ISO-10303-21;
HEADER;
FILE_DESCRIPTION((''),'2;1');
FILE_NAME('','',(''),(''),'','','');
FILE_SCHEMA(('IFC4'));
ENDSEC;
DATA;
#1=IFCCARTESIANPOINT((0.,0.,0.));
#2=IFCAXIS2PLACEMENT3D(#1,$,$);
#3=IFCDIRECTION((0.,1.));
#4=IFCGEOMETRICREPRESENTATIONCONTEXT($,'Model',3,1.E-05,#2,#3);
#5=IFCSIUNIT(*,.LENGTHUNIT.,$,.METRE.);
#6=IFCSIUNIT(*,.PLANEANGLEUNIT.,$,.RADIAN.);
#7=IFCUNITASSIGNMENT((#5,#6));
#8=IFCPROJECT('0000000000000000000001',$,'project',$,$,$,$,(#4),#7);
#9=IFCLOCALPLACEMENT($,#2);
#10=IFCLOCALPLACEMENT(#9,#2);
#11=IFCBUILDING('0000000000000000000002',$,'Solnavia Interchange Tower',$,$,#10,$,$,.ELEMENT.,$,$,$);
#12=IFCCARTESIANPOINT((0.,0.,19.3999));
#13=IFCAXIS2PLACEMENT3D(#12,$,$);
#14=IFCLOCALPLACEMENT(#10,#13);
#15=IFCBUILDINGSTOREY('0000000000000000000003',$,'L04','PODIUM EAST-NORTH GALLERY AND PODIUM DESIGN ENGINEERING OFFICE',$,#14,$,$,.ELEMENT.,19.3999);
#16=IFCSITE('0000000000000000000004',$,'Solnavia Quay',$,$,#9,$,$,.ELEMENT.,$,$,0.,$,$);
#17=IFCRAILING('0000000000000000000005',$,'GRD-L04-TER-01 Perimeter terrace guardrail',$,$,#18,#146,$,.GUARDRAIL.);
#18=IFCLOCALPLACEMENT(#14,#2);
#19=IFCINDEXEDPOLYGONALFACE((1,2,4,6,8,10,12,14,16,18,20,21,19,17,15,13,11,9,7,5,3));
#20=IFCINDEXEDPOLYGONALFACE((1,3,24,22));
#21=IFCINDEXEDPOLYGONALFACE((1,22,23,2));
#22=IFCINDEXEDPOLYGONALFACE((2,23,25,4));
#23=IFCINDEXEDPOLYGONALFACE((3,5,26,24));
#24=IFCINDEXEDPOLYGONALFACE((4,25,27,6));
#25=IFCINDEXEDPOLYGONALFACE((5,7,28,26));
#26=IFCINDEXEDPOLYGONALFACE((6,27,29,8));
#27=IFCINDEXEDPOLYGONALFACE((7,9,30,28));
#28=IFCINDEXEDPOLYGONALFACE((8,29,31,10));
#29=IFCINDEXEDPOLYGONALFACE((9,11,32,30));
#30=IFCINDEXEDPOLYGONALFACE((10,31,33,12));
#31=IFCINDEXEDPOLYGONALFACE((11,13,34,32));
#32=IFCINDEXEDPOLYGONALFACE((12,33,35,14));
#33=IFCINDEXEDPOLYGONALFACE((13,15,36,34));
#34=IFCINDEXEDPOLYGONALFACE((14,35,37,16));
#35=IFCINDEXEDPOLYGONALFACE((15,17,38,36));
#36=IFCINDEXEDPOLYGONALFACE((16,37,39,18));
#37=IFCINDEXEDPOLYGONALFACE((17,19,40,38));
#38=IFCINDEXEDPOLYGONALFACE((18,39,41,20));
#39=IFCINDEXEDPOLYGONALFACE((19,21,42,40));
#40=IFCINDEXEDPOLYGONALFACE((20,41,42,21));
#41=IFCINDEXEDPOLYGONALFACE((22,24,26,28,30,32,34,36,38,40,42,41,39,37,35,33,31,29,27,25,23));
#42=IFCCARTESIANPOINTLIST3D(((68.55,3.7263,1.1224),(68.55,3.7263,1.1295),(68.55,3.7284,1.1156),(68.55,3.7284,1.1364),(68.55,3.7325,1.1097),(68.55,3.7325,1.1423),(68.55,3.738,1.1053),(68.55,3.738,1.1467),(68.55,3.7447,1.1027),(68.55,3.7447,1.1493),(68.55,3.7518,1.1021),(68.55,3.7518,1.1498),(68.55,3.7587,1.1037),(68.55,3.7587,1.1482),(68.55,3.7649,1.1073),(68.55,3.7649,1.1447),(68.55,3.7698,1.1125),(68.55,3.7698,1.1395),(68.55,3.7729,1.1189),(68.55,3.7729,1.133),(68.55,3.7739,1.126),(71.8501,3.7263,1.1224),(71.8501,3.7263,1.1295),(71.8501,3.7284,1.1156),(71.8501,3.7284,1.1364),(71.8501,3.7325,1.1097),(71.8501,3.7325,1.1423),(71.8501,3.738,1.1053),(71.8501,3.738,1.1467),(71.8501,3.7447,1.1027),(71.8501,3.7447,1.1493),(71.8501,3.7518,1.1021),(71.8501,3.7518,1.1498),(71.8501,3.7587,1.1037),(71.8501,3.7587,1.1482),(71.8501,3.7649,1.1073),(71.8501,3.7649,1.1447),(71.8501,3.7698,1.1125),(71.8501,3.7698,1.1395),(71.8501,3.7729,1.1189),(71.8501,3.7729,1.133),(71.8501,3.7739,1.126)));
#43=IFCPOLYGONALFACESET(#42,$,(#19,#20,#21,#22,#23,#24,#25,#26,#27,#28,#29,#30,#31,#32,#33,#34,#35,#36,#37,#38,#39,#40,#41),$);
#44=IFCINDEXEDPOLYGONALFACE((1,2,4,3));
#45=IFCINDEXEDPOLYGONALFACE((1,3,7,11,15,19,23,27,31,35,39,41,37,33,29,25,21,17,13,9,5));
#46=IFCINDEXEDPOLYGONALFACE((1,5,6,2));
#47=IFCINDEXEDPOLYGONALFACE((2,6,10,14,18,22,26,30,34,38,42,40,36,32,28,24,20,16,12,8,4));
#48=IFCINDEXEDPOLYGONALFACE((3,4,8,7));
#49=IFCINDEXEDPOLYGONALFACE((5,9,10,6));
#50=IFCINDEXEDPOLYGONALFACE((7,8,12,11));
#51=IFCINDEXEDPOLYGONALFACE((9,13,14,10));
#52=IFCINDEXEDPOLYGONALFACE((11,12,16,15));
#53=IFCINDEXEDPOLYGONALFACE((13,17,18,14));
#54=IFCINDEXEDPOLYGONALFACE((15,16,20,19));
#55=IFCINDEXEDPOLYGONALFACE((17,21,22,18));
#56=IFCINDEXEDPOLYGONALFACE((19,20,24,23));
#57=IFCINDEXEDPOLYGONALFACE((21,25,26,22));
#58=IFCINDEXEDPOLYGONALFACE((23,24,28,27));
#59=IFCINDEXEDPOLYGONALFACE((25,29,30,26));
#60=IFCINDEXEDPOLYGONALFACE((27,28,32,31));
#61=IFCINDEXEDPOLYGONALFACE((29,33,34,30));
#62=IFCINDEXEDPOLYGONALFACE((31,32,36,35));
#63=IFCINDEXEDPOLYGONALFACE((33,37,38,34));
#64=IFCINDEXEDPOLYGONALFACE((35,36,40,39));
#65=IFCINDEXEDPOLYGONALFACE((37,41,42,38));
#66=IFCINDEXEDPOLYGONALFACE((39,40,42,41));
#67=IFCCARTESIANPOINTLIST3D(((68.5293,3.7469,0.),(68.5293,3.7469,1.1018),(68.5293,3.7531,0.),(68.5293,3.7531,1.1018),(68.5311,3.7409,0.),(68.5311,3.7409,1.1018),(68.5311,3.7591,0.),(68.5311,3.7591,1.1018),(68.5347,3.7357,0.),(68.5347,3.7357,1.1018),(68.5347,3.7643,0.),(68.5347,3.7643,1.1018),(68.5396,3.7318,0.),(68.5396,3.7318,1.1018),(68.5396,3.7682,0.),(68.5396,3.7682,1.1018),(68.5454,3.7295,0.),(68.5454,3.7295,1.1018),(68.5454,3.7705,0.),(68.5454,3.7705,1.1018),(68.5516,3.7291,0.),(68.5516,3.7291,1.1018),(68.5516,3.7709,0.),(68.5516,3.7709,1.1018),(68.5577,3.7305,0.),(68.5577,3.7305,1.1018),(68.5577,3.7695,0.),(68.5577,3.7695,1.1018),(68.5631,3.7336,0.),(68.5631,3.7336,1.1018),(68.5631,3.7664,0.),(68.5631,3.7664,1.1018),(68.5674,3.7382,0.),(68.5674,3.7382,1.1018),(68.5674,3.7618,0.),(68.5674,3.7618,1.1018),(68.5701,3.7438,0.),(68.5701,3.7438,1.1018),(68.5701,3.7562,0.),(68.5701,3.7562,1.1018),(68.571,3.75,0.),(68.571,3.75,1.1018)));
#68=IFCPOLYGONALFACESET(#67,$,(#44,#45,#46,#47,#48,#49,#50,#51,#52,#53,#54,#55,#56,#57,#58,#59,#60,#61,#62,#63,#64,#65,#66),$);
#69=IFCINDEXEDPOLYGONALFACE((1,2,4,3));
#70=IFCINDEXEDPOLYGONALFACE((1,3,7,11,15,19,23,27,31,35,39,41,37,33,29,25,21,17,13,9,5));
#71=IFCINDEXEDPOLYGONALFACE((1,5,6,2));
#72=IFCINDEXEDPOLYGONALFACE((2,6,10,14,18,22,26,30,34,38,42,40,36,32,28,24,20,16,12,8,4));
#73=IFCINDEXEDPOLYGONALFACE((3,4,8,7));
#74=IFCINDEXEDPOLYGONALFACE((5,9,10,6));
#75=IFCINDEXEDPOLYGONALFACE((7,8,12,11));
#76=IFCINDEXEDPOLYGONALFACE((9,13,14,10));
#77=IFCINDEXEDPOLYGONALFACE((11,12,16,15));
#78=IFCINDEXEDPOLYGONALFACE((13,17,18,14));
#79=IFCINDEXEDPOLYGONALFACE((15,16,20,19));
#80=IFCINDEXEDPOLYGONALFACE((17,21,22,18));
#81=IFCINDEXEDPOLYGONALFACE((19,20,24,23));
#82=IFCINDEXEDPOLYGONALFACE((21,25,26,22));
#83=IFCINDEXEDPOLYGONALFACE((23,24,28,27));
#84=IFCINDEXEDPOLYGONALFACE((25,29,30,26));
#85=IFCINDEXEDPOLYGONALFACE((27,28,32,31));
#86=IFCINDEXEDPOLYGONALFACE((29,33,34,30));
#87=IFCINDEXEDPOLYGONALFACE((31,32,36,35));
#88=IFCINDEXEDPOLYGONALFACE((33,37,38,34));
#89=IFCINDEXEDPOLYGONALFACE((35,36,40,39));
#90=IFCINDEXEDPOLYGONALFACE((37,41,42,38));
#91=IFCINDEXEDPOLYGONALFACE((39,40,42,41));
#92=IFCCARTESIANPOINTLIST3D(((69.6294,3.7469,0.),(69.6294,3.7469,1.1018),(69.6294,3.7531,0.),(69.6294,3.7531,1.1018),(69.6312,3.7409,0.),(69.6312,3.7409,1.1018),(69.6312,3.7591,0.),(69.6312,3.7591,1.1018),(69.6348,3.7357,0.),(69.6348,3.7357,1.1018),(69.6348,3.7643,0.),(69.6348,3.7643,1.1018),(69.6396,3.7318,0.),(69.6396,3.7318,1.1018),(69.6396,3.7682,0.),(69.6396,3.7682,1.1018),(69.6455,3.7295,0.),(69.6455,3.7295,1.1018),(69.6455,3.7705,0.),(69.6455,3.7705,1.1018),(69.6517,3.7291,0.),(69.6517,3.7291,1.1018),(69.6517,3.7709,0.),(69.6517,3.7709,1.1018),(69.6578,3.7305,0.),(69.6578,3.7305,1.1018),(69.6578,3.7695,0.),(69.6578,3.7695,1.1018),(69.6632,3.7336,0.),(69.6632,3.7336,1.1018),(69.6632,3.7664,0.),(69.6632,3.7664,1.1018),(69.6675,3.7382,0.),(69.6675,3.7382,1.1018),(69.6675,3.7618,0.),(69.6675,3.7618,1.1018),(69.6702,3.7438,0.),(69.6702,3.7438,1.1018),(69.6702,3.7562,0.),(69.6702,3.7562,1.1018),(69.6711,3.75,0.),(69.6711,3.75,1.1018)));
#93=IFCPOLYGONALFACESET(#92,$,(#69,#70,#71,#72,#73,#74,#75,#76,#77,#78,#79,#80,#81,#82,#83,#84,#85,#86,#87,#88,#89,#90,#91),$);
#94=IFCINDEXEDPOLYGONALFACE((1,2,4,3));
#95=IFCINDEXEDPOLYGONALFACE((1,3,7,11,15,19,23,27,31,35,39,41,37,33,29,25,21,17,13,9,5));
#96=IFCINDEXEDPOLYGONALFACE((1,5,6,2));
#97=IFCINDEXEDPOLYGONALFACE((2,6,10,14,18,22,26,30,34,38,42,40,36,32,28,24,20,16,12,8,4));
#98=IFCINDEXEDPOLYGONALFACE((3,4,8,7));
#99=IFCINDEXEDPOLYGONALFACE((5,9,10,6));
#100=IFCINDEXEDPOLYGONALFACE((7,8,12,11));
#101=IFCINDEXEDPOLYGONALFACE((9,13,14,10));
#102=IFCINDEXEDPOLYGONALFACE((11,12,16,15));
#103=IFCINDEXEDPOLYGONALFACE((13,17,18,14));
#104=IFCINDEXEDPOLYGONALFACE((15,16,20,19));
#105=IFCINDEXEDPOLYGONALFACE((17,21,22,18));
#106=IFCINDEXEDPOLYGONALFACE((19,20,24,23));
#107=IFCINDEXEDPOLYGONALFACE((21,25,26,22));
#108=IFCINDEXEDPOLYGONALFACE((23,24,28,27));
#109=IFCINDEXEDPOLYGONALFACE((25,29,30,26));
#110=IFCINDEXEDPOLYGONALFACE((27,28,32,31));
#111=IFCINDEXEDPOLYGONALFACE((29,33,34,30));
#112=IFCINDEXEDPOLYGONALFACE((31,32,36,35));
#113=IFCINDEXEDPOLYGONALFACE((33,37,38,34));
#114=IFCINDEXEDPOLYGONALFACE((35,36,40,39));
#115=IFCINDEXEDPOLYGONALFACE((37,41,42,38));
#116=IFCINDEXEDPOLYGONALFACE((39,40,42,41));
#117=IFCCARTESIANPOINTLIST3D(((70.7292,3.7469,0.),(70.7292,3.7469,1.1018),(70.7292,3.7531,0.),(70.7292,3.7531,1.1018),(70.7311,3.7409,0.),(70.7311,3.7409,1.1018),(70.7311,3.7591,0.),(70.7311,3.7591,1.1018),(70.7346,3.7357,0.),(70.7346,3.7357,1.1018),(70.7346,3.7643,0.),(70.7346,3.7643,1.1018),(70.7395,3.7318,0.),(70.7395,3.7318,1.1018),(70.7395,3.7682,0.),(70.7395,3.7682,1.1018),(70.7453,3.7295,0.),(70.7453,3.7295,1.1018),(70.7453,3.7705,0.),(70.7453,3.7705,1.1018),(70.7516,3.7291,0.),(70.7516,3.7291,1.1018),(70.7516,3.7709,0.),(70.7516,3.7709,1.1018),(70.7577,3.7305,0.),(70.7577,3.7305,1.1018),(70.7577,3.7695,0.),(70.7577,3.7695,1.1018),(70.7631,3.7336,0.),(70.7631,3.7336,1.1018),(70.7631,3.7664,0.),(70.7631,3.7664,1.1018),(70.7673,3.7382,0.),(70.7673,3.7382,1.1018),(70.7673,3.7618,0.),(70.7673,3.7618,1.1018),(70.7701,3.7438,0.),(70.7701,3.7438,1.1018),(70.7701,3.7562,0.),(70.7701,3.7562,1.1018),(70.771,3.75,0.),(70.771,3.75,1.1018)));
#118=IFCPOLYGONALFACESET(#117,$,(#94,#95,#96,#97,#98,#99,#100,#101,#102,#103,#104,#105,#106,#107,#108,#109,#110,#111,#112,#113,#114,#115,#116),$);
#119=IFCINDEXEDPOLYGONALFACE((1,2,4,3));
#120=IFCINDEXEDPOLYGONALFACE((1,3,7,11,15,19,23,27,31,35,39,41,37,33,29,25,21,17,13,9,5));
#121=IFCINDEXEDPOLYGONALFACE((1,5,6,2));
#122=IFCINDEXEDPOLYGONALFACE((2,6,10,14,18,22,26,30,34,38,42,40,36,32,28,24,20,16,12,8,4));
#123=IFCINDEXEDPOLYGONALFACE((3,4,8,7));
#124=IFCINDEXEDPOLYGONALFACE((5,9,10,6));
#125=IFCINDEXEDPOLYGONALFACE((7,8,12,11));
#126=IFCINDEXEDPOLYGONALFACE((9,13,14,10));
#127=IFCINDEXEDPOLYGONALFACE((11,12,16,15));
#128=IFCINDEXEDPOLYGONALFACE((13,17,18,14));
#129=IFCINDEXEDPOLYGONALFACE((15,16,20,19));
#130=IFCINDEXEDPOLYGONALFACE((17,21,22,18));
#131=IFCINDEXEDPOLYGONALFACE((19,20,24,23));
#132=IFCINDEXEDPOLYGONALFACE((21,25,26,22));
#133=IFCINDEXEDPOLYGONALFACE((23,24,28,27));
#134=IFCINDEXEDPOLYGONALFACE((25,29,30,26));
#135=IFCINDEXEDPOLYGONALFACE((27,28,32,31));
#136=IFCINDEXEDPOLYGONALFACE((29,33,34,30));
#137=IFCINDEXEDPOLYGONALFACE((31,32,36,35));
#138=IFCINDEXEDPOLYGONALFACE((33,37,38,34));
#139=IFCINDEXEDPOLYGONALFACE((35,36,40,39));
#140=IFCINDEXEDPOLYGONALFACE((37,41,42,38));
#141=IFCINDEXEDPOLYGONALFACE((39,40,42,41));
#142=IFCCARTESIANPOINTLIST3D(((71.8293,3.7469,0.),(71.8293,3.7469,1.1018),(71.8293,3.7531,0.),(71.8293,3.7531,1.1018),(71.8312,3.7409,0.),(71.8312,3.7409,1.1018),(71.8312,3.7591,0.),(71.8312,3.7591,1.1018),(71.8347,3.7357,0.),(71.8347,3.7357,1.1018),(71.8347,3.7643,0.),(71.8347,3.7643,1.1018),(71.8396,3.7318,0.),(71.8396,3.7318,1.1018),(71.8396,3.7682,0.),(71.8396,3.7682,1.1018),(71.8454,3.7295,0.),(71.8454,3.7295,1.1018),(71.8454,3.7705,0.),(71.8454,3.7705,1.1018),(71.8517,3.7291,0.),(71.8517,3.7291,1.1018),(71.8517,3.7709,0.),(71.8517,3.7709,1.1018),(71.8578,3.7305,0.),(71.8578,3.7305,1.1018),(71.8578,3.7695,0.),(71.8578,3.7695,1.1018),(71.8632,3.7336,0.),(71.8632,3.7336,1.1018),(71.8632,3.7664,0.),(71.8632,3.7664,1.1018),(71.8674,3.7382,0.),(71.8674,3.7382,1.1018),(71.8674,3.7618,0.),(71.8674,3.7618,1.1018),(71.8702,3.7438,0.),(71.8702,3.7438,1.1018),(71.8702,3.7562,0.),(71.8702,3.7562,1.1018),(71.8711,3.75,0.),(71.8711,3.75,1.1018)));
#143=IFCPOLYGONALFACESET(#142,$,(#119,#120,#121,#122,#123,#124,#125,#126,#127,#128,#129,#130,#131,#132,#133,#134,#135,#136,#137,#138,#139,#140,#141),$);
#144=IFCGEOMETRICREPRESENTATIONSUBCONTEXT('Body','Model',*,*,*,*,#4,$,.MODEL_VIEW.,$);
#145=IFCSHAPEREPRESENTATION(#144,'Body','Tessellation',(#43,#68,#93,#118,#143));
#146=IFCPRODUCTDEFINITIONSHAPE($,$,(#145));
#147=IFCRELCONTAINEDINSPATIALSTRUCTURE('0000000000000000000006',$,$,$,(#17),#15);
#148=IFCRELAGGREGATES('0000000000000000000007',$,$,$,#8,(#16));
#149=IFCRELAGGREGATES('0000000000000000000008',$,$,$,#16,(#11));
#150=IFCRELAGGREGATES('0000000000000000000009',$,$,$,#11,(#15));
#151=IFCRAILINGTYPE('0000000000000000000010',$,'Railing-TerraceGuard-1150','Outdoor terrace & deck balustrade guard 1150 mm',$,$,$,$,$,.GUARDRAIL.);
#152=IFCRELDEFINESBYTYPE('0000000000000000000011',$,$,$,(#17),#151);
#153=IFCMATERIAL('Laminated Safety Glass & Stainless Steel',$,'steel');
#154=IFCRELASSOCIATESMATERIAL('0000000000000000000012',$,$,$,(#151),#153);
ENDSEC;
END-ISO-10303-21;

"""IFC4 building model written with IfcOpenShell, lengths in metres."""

from ifc_helpers import new_model, si_unit, direction, frame, origin, origin_2d, place, context, subcontext, project, spatial, circle, extrude, material, type_object, element, save


model = new_model("IFC4")

# Units and contexts
model_context = context("Model", 3, precision=1e-05, world=origin(), true_north=direction((0.0, 1.0)))
body_context = subcontext(model_context, "Body", "Model", "MODEL_VIEW")
ifc_project = project(units=[si_unit("LENGTHUNIT", "METRE"), si_unit("PLANEANGLEUNIT", "RADIAN")], contexts=[model_context])

# Site, building, storey
site_placement = place(None, origin())
site = spatial("IfcSite", under=ifc_project, at=site_placement, Name="Solnavia Quay", CompositionType="ELEMENT", RefElevation=0.0)
building_placement = place(site_placement, origin())
building = spatial("IfcBuilding", under=site, at=building_placement, Name="Solnavia Interchange Tower", CompositionType="ELEMENT")
storey_placement = place(building_placement, frame((0.0, 0.0, 19.3999)))
storey = spatial("IfcBuildingStorey", under=building, at=storey_placement, Name="L04", Description="PODIUM EAST-NORTH GALLERY AND PODIUM DESIGN ENGINEERING OFFICE", CompositionType="ELEMENT", Elevation=19.3999)

# Railing
ifc_material_1 = material(Name="Laminated Safety Glass & Stainless Steel", Category="steel")
railing_type = type_object("IfcRailingType", Name="Railing-TerraceGuard-1150", Description="Outdoor terrace & deck balustrade guard 1150 mm", PredefinedType="GUARDRAIL", material=ifc_material_1)
railing_1_placement = place(storey_placement, frame((68.55, 3.75, 0.0)))
element("IfcRailing", 1, at=railing_1_placement, inside=storey, type_object=railing_type, Name="GRD-L04-TER-01 Perimeter terrace guardrail", PredefinedType="GUARDRAIL", context=body_context, shape_type="SweptSolid", body=[
    extrude(circle(Radius=0.0239, at=origin_2d()), frame((0.0, 0.0, 1.126), z_axis=(1.0, 0.0, 0.0), x_axis=(0.0, 1.0, 0.0)), (0.0, 0.0, 1.0), 3.3),
    extrude(circle(Radius=0.021, at=origin_2d()), origin(), (0.0, 0.0, 1.0), 1.1018),
    extrude(circle(Radius=0.021, at=origin_2d()), frame((1.1001, 0.0, 0.0)), (0.0, 0.0, 1.0), 1.1018),
    extrude(circle(Radius=0.021, at=origin_2d()), frame((2.2, 0.0, 0.0)), (0.0, 0.0, 1.0), 1.1018),
    extrude(circle(Radius=0.021, at=origin_2d()), frame((3.3, 0.0, 0.0)), (0.0, 0.0, 1.0), 1.1018),
])

save(model, "model.ifc")
